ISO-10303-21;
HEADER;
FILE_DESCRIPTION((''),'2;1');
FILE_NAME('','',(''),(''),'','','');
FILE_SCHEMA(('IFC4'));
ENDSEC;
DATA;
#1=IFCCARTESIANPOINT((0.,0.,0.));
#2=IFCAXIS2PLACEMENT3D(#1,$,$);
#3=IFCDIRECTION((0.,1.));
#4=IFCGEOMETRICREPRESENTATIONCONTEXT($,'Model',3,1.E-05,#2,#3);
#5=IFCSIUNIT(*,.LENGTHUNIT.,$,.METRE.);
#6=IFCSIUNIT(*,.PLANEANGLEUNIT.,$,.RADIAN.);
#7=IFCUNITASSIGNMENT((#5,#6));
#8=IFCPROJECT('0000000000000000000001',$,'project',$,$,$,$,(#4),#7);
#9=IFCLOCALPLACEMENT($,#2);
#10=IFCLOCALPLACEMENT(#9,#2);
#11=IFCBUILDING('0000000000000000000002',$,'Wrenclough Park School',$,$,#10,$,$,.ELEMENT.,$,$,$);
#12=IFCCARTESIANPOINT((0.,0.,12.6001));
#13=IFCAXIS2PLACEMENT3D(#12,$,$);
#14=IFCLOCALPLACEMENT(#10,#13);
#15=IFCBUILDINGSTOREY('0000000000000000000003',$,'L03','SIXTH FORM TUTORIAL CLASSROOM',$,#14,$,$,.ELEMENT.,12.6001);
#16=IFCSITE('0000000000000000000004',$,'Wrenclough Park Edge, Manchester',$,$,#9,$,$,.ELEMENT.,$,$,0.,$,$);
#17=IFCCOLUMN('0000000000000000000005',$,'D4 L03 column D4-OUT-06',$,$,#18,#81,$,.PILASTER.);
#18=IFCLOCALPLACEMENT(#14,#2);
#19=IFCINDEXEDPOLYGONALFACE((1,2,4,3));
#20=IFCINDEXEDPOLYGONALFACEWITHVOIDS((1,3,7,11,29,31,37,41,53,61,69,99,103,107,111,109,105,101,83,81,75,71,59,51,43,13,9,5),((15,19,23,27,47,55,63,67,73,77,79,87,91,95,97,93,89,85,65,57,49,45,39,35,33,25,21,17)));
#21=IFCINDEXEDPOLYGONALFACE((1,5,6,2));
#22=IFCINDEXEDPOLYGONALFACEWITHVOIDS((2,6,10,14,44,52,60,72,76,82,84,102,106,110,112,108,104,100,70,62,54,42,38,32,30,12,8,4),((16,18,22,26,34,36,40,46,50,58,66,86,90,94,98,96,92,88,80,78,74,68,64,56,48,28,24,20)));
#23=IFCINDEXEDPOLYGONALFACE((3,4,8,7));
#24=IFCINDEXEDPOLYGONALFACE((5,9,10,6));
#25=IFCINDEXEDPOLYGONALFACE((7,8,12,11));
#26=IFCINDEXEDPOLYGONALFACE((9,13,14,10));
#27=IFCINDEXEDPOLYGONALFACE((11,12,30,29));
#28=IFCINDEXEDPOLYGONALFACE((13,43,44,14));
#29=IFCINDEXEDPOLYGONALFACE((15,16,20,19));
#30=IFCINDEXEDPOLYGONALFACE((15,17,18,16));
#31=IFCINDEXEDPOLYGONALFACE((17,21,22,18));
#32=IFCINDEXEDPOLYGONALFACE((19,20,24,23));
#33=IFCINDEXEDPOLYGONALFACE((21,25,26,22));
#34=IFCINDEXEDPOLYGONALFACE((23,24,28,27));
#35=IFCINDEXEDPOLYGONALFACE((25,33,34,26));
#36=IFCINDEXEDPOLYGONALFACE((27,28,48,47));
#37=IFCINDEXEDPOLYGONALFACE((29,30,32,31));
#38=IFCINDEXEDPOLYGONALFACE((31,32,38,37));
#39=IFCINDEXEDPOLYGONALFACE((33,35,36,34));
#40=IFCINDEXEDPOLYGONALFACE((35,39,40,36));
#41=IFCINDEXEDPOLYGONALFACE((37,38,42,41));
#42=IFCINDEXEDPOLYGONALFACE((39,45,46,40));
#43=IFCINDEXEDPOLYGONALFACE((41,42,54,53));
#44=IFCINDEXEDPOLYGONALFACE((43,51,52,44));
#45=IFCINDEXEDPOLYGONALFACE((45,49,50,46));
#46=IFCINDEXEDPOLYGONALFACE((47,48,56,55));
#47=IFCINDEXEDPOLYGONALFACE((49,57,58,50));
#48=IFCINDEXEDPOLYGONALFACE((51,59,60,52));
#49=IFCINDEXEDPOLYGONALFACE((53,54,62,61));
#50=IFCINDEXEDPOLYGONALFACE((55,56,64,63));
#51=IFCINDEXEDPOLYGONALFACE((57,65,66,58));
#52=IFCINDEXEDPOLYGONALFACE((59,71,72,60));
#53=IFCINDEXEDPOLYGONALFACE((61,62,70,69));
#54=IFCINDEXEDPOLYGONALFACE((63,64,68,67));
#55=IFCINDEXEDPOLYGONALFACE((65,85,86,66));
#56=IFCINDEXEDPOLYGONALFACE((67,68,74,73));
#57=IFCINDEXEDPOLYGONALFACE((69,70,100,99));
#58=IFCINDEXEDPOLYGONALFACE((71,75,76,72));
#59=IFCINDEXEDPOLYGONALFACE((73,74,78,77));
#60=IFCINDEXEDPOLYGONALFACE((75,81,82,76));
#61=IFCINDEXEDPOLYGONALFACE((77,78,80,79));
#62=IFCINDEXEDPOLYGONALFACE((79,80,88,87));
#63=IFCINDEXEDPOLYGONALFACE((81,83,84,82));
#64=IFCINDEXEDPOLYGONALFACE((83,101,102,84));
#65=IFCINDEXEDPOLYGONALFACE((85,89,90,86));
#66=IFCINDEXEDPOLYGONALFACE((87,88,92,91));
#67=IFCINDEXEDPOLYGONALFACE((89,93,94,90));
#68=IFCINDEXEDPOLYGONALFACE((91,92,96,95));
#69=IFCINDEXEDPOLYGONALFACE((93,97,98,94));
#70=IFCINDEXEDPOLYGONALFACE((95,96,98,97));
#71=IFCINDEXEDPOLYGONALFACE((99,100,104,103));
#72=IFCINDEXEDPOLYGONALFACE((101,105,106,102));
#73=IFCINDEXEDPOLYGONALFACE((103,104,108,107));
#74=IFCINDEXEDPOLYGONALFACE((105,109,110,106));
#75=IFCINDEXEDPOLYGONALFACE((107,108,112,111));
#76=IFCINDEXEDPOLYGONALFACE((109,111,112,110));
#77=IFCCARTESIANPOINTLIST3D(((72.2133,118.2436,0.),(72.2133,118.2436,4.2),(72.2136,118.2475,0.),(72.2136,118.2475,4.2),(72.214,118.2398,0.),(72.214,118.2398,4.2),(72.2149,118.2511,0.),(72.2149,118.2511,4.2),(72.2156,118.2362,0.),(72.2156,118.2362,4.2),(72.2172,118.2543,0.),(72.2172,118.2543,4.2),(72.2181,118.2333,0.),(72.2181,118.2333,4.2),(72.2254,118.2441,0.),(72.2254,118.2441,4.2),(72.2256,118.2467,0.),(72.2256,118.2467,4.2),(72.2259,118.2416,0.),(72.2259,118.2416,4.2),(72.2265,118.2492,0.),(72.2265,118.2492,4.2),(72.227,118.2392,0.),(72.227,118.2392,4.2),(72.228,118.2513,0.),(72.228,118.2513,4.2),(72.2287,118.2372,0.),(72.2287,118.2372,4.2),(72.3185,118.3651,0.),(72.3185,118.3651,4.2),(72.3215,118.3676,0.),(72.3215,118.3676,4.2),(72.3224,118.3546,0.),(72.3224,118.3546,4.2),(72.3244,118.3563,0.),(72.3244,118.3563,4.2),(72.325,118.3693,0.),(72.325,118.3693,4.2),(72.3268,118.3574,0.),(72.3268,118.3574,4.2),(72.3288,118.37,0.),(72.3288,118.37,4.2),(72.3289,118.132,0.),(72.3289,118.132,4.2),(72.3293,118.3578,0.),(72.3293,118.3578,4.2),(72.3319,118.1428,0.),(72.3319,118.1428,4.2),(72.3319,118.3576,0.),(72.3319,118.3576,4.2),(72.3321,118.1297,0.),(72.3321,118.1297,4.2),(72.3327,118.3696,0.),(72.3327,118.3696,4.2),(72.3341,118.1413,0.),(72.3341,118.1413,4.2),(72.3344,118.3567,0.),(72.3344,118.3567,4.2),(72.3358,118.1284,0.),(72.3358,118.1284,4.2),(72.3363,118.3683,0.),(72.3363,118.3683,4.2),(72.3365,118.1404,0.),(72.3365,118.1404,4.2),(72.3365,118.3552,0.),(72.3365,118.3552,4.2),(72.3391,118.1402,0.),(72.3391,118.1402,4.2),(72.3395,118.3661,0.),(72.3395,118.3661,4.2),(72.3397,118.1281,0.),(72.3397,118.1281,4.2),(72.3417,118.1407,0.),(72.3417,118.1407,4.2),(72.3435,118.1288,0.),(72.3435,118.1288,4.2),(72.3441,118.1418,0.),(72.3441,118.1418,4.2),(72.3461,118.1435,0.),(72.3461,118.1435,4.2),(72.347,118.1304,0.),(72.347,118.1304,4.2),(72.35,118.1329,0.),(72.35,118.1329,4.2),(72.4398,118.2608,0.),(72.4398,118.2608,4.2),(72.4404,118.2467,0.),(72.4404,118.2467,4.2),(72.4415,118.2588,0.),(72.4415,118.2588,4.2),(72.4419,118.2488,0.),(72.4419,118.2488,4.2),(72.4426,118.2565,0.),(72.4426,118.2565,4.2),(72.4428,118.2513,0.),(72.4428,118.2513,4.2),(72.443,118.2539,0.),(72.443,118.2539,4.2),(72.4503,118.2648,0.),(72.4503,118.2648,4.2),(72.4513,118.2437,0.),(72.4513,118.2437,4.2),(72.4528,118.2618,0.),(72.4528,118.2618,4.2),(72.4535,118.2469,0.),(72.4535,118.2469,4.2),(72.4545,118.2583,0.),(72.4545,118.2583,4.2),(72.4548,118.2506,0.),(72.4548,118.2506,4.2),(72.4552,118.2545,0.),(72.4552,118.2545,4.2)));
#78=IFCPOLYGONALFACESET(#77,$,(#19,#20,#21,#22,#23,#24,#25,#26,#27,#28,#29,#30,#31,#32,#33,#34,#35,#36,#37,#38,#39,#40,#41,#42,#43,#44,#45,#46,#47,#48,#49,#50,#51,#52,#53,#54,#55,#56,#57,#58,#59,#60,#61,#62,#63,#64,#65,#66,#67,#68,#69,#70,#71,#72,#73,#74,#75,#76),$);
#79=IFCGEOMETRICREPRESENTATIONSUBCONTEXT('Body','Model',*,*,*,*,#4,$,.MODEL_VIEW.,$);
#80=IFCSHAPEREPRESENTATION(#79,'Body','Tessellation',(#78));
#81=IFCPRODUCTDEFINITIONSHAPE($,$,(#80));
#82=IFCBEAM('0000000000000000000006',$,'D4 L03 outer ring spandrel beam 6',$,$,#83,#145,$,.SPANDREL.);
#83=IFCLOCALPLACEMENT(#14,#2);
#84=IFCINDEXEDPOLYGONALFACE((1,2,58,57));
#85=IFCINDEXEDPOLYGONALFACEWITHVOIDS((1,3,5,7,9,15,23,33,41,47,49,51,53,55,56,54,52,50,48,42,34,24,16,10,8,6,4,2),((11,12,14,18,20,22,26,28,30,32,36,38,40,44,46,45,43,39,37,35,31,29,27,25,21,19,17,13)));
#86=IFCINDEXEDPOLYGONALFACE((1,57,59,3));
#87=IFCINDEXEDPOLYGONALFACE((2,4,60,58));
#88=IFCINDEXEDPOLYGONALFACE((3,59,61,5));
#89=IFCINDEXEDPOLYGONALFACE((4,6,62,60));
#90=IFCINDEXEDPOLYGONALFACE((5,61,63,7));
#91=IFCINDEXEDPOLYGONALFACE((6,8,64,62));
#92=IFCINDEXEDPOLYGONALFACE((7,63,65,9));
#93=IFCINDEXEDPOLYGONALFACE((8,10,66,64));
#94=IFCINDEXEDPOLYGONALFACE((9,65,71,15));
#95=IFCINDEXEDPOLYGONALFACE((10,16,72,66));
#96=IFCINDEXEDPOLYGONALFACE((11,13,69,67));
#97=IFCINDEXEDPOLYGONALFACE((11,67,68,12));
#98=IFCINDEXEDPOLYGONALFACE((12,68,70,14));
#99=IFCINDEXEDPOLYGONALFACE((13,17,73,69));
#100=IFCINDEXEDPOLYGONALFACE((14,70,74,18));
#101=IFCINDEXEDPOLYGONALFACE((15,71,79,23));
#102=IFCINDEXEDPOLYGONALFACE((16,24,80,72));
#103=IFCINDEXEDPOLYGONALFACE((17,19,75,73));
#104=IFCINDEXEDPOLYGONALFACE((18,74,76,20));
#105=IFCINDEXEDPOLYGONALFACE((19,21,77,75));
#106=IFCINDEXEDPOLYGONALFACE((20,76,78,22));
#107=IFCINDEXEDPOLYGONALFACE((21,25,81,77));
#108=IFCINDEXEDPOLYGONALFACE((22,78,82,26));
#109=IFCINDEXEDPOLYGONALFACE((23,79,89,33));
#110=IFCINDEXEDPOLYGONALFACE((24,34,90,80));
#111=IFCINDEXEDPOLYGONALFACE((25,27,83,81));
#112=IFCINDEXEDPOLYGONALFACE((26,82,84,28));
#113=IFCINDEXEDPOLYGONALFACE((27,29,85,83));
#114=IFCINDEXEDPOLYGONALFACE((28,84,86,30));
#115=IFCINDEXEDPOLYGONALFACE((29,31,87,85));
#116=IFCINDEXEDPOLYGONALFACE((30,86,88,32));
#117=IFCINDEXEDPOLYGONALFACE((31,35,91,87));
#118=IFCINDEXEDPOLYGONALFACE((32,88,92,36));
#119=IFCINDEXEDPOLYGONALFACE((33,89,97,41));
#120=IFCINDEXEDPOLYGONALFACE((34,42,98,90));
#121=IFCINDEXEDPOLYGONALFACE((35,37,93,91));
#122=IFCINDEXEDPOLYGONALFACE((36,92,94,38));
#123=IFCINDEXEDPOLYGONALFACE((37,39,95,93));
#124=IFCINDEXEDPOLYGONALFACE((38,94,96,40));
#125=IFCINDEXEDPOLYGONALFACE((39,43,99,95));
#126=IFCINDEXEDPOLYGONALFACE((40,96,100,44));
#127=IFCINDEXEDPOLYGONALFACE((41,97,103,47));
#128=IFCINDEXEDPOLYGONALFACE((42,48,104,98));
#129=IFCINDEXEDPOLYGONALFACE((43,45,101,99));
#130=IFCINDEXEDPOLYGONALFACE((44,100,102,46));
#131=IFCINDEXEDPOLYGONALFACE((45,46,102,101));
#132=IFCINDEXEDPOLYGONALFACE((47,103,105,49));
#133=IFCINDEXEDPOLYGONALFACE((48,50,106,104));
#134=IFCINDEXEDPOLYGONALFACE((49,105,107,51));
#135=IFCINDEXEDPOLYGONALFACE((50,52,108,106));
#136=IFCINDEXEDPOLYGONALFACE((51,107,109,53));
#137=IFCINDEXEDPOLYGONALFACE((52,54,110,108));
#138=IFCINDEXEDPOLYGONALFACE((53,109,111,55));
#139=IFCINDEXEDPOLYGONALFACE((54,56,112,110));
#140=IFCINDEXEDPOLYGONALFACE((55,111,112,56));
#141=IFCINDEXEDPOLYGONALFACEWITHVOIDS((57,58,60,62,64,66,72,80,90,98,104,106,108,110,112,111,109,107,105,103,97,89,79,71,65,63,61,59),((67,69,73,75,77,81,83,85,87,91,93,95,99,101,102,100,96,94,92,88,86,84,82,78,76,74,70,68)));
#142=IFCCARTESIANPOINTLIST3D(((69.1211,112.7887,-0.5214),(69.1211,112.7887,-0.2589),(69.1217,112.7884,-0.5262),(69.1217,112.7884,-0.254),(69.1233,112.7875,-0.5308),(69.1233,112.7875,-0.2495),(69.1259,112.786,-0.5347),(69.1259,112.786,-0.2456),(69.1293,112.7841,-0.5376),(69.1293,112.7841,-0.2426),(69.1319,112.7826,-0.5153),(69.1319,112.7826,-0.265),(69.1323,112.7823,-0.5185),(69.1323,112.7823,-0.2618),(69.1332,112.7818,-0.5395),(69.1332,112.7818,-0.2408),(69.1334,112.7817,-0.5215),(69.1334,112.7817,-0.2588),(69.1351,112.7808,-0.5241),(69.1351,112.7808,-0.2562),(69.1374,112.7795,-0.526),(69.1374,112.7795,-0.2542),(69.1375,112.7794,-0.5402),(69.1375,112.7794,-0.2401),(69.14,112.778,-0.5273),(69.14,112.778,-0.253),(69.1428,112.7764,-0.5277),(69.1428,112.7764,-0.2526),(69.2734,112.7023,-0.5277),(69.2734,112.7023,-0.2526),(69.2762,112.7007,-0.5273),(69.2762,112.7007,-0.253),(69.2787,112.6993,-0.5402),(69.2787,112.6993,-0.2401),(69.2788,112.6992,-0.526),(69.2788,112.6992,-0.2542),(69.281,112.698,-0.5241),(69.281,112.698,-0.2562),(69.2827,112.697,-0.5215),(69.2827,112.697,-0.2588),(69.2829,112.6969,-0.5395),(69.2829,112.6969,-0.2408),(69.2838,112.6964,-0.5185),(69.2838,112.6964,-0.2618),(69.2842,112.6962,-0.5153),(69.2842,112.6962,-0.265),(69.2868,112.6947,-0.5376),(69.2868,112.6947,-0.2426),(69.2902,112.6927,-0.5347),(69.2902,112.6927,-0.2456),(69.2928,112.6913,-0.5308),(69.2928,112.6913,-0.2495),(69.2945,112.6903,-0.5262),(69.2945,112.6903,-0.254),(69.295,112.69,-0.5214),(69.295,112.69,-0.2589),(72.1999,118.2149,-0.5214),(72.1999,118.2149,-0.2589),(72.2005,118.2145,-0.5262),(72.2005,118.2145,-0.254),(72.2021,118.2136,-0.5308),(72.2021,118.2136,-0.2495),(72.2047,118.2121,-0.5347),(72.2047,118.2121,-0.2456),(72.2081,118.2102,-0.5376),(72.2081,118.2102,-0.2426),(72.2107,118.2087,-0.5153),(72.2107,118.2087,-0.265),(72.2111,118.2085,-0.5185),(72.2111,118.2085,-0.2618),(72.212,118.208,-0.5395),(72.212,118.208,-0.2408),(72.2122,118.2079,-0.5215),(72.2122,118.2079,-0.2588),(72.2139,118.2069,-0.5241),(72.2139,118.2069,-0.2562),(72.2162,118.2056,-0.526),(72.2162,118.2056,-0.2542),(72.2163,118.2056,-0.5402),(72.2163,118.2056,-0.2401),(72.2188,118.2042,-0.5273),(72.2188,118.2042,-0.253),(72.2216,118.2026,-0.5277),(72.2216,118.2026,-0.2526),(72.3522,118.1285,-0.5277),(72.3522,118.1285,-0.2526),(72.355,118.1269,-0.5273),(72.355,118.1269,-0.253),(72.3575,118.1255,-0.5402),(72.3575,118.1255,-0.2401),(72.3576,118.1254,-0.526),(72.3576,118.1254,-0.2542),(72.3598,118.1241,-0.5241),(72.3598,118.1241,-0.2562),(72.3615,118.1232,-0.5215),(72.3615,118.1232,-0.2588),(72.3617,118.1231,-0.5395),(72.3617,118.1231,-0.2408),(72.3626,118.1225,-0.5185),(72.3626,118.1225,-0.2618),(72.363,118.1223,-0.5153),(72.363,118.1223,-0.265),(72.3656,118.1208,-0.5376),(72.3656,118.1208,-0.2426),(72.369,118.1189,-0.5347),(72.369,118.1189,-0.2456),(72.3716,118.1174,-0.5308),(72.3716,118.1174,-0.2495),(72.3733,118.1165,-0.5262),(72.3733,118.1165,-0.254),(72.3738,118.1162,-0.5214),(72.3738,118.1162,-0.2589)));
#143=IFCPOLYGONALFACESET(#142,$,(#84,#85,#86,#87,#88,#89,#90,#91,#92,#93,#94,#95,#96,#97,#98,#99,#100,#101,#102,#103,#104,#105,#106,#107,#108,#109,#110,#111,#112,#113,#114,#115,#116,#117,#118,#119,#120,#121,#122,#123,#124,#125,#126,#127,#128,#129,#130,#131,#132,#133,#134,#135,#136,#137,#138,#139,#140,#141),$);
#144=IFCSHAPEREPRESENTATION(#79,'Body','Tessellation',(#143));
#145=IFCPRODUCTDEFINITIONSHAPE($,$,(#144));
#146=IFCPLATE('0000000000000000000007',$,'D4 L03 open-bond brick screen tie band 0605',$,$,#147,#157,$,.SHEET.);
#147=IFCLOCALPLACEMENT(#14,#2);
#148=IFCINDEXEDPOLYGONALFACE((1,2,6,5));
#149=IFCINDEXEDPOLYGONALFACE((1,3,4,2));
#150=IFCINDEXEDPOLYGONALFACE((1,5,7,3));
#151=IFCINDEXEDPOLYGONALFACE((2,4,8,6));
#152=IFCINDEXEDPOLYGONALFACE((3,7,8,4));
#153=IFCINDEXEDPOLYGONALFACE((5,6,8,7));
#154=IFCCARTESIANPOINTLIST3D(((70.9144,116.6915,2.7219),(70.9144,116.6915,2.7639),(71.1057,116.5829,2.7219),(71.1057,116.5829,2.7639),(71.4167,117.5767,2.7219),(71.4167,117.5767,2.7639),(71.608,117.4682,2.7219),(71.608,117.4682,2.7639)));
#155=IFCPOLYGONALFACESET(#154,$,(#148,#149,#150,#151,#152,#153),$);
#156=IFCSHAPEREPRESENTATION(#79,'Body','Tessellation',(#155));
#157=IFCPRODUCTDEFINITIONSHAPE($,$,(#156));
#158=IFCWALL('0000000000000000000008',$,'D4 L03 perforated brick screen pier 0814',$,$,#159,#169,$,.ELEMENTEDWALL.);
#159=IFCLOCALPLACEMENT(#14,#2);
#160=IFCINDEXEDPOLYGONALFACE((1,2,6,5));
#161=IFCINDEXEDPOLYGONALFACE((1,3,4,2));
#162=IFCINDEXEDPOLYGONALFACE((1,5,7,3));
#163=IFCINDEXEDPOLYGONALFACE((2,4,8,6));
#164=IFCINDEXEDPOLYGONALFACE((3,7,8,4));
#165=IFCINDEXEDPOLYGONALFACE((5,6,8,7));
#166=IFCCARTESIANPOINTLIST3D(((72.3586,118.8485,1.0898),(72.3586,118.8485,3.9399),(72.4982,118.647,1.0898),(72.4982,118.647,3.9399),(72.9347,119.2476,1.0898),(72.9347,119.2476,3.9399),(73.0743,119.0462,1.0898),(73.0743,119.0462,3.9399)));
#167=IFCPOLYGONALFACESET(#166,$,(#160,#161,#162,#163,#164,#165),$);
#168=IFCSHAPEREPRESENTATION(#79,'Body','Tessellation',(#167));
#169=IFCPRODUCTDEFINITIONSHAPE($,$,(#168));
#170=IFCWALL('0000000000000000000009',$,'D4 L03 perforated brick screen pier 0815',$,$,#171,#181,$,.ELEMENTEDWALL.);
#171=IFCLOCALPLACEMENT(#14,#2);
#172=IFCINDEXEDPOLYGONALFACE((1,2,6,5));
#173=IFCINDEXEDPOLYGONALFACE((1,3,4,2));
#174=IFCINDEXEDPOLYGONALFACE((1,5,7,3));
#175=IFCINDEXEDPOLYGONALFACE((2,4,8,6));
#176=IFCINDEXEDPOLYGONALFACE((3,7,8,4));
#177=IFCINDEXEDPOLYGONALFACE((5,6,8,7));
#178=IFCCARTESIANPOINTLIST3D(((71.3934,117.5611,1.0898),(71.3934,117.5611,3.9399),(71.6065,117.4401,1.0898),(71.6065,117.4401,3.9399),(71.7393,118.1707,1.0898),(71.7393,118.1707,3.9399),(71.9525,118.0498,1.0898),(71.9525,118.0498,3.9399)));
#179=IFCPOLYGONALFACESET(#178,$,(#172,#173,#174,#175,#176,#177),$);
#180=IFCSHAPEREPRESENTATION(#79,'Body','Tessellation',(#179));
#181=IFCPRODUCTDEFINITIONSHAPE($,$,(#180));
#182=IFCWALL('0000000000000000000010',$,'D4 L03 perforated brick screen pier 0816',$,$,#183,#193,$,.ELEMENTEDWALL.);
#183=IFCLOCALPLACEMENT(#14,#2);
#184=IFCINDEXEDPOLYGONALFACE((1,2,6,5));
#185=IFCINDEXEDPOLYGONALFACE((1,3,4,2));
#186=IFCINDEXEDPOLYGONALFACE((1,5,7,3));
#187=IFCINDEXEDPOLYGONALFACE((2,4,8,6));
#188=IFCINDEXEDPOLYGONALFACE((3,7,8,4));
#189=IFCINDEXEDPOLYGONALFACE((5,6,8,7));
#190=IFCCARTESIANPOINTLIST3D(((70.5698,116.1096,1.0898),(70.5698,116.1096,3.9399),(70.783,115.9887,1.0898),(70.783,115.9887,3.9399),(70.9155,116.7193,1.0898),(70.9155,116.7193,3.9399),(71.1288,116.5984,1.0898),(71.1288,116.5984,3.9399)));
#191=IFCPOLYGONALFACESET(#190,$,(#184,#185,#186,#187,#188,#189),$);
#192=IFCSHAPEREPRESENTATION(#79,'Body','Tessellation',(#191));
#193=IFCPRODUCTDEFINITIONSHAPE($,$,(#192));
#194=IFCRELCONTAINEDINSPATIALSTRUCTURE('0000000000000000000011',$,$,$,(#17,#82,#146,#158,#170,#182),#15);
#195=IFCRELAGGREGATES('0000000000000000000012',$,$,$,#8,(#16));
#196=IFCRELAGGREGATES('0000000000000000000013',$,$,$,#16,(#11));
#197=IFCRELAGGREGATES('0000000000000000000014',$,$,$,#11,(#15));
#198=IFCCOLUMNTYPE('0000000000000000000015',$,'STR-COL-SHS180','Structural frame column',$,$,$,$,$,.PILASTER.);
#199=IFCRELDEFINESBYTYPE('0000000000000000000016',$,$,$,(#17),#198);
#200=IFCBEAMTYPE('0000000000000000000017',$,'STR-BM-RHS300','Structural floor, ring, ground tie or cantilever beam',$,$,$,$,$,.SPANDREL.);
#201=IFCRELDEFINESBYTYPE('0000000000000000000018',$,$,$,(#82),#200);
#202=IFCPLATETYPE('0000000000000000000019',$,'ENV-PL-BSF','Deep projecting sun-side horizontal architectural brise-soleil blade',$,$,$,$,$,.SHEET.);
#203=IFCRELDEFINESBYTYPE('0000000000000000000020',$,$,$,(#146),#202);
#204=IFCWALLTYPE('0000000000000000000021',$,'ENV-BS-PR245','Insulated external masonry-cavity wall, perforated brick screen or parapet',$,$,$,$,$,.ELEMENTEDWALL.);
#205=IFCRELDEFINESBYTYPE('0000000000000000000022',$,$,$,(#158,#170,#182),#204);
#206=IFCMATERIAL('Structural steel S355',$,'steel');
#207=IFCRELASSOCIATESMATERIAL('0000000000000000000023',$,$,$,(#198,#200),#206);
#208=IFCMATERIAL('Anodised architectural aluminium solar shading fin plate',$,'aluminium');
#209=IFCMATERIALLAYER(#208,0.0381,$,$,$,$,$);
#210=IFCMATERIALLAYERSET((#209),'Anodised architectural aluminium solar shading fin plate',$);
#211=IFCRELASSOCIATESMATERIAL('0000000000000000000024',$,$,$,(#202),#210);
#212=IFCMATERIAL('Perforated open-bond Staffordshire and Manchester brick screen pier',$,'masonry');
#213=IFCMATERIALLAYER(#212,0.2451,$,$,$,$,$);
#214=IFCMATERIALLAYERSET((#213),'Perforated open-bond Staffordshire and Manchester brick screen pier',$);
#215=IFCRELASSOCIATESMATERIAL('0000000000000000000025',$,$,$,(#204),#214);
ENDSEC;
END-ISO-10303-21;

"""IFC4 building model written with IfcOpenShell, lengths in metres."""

from ifc_helpers import new_model, si_unit, direction, frame, frame_2d, origin, origin_2d, place, context, subcontext, project, spatial, rectangle, hollow_rectangle, extrude, material, layer, layer_set, material_profile, profile_set, type_object, element, save


model = new_model("IFC4")

# Units and contexts
model_context = context("Model", 3, precision=1e-05, world=origin(), true_north=direction((0.0, 1.0)))
body_context = subcontext(model_context, "Body", "Model", "MODEL_VIEW")
ifc_project = project(units=[si_unit("LENGTHUNIT", "METRE"), si_unit("PLANEANGLEUNIT", "RADIAN")], contexts=[model_context])

# Site, building, storey
site_placement = place(None, origin())
site = spatial("IfcSite", under=ifc_project, at=site_placement, Name="Wrenclough Park Edge, Manchester", CompositionType="ELEMENT", RefElevation=0.0)
building_placement = place(site_placement, origin())
building = spatial("IfcBuilding", under=site, at=building_placement, Name="Wrenclough Park School", CompositionType="ELEMENT")
storey_placement = place(building_placement, frame((0.0, 0.0, 12.6001)))
storey = spatial("IfcBuildingStorey", under=building, at=storey_placement, Name="L03", Description="SIXTH FORM TUTORIAL CLASSROOM", CompositionType="ELEMENT", Elevation=12.6001)

# Column
ifc_material_1 = material(Name="Structural steel S355", Category="steel")
ifc_material_profile_1 = material_profile(ifc_material_1, hollow_rectangle(XDim=0.1799, YDim=0.1799, WallThickness=0.01, InnerFilletRadius=0.01, OuterFilletRadius=0.0149, at=origin_2d()), Name="SHS 180x180x10.0")
ifc_profile_set_1 = profile_set([ifc_material_profile_1], Name="Structural steel S355")
column_type = type_object("IfcColumnType", Name="STR-COL-SHS180", Description="Structural frame column", PredefinedType="PILASTER", material=ifc_profile_set_1)
column_placement = place(storey_placement, frame((72.3342, 118.249, 0.0), z_axis=(0.0, 0.0, 1.0), x_axis=(-0.674689, -0.738102, 0.0)))
element("IfcColumn", 1, at=column_placement, inside=storey, type_object=column_type, Name="D4 L03 column D4-OUT-06", PredefinedType="PILASTER", context=body_context, shape_type="SweptSolid", body=[
    extrude(hollow_rectangle(XDim=0.1799, YDim=0.1799, WallThickness=0.01, InnerFilletRadius=0.01, OuterFilletRadius=0.0149, at=origin_2d()), origin(), (0.0, 0.0, 1.0), 4.2),
])

# Beam
ifc_material_profile_2 = material_profile(ifc_material_1, hollow_rectangle(XDim=0.2, YDim=0.3, WallThickness=0.0125, InnerFilletRadius=0.0125, OuterFilletRadius=0.0188, at=origin_2d()), Name="RHS 300x200x12.5")
ifc_profile_set_2 = profile_set([ifc_material_profile_2], Name="Structural steel S355")
beam_type = type_object("IfcBeamType", Name="STR-BM-RHS300", Description="Structural floor, ring, ground tie or cantilever beam", PredefinedType="SPANDREL", material=ifc_profile_set_2)
beam_placement = place(storey_placement, frame((72.2869, 118.1655, -0.3901), z_axis=(-0.493494, -0.869749, 0.0), x_axis=(0.869749, -0.493494, 0.0)))
element("IfcBeam", 2, at=beam_placement, inside=storey, type_object=beam_type, Name="D4 L03 outer ring spandrel beam 6", PredefinedType="SPANDREL", context=body_context, shape_type="SweptSolid", body=[
    extrude(hollow_rectangle(XDim=0.2, YDim=0.3, WallThickness=0.0125, InnerFilletRadius=0.0125, OuterFilletRadius=0.0188, at=origin_2d()), origin(), (0.0, 0.0, 1.0), 6.2388),
])

# Plate
ifc_material_2 = material(Name="Anodised architectural aluminium solar shading fin plate", Category="aluminium")
ifc_layer_1 = layer(ifc_material_2, 0.0381)
ifc_layer_set_1 = layer_set([ifc_layer_1], Name="Anodised architectural aluminium solar shading fin plate")
plate_type = type_object("IfcPlateType", Name="ENV-PL-BSF", Description="Deep projecting sun-side horizontal architectural brise-soleil blade", PredefinedType="SHEET", material=ifc_layer_set_1)
plate_placement = place(storey_placement, frame((71.2612, 117.0798, 2.7219), z_axis=(0.0, 0.0, 1.0), x_axis=(-0.493509, -0.869741, 0.0)))
element("IfcPlate", 3, at=plate_placement, inside=storey, type_object=plate_type, Name="D4 L03 open-bond brick screen tie band 0605", PredefinedType="SHEET", context=body_context, shape_type="SweptSolid", body=[
    extrude(rectangle(XDim=1.0178, YDim=0.22, at=origin_2d()), origin(), (0.0, 0.0, 1.0), 0.042),
])

# Walls
ifc_material_3 = material(Name="Perforated open-bond Staffordshire and Manchester brick screen pier", Category="masonry")
ifc_layer_2 = layer(ifc_material_3, 0.2451)
ifc_layer_set_2 = layer_set([ifc_layer_2], Name="Perforated open-bond Staffordshire and Manchester brick screen pier")
wall_type_1 = type_object("IfcWallType", Name="ENV-BS-PR245", Description="Insulated external masonry-cavity wall, perforated brick screen or parapet", PredefinedType="ELEMENTEDWALL", material=ifc_layer_set_2)
for number, where, z_axis, x_axis, name in (
    (4, (73.0046, 119.147, 1.0898), (0.0, 0.0, 1.0), (-0.822004, -0.569482, 0.0), "D4 L03 perforated brick screen pier 0814"),
    (5, (71.8459, 118.1104, 1.0898), (0.0, 0.0, 1.0), (-0.493549, -0.869718, 0.0), "D4 L03 perforated brick screen pier 0815"),
    (6, (71.0222, 116.6589, 1.0898), (0.0, 0.0, 1.0), (-0.493285, -0.869868, 0.0), "D4 L03 perforated brick screen pier 0816"),
):
    element("IfcWall", number, at=place(storey_placement, frame(where, z_axis=z_axis, x_axis=x_axis)), inside=storey, type_object=wall_type_1, Name=name, PredefinedType="ELEMENTEDWALL", context=body_context, shape_type="SweptSolid", body=[
        extrude(rectangle(XDim=0.7009, YDim=0.2451, at=frame_2d((0.3506, 0.0))), origin(), (0.0, 0.0, 1.0), 2.8501),
    ])

save(model, "model.ifc")
